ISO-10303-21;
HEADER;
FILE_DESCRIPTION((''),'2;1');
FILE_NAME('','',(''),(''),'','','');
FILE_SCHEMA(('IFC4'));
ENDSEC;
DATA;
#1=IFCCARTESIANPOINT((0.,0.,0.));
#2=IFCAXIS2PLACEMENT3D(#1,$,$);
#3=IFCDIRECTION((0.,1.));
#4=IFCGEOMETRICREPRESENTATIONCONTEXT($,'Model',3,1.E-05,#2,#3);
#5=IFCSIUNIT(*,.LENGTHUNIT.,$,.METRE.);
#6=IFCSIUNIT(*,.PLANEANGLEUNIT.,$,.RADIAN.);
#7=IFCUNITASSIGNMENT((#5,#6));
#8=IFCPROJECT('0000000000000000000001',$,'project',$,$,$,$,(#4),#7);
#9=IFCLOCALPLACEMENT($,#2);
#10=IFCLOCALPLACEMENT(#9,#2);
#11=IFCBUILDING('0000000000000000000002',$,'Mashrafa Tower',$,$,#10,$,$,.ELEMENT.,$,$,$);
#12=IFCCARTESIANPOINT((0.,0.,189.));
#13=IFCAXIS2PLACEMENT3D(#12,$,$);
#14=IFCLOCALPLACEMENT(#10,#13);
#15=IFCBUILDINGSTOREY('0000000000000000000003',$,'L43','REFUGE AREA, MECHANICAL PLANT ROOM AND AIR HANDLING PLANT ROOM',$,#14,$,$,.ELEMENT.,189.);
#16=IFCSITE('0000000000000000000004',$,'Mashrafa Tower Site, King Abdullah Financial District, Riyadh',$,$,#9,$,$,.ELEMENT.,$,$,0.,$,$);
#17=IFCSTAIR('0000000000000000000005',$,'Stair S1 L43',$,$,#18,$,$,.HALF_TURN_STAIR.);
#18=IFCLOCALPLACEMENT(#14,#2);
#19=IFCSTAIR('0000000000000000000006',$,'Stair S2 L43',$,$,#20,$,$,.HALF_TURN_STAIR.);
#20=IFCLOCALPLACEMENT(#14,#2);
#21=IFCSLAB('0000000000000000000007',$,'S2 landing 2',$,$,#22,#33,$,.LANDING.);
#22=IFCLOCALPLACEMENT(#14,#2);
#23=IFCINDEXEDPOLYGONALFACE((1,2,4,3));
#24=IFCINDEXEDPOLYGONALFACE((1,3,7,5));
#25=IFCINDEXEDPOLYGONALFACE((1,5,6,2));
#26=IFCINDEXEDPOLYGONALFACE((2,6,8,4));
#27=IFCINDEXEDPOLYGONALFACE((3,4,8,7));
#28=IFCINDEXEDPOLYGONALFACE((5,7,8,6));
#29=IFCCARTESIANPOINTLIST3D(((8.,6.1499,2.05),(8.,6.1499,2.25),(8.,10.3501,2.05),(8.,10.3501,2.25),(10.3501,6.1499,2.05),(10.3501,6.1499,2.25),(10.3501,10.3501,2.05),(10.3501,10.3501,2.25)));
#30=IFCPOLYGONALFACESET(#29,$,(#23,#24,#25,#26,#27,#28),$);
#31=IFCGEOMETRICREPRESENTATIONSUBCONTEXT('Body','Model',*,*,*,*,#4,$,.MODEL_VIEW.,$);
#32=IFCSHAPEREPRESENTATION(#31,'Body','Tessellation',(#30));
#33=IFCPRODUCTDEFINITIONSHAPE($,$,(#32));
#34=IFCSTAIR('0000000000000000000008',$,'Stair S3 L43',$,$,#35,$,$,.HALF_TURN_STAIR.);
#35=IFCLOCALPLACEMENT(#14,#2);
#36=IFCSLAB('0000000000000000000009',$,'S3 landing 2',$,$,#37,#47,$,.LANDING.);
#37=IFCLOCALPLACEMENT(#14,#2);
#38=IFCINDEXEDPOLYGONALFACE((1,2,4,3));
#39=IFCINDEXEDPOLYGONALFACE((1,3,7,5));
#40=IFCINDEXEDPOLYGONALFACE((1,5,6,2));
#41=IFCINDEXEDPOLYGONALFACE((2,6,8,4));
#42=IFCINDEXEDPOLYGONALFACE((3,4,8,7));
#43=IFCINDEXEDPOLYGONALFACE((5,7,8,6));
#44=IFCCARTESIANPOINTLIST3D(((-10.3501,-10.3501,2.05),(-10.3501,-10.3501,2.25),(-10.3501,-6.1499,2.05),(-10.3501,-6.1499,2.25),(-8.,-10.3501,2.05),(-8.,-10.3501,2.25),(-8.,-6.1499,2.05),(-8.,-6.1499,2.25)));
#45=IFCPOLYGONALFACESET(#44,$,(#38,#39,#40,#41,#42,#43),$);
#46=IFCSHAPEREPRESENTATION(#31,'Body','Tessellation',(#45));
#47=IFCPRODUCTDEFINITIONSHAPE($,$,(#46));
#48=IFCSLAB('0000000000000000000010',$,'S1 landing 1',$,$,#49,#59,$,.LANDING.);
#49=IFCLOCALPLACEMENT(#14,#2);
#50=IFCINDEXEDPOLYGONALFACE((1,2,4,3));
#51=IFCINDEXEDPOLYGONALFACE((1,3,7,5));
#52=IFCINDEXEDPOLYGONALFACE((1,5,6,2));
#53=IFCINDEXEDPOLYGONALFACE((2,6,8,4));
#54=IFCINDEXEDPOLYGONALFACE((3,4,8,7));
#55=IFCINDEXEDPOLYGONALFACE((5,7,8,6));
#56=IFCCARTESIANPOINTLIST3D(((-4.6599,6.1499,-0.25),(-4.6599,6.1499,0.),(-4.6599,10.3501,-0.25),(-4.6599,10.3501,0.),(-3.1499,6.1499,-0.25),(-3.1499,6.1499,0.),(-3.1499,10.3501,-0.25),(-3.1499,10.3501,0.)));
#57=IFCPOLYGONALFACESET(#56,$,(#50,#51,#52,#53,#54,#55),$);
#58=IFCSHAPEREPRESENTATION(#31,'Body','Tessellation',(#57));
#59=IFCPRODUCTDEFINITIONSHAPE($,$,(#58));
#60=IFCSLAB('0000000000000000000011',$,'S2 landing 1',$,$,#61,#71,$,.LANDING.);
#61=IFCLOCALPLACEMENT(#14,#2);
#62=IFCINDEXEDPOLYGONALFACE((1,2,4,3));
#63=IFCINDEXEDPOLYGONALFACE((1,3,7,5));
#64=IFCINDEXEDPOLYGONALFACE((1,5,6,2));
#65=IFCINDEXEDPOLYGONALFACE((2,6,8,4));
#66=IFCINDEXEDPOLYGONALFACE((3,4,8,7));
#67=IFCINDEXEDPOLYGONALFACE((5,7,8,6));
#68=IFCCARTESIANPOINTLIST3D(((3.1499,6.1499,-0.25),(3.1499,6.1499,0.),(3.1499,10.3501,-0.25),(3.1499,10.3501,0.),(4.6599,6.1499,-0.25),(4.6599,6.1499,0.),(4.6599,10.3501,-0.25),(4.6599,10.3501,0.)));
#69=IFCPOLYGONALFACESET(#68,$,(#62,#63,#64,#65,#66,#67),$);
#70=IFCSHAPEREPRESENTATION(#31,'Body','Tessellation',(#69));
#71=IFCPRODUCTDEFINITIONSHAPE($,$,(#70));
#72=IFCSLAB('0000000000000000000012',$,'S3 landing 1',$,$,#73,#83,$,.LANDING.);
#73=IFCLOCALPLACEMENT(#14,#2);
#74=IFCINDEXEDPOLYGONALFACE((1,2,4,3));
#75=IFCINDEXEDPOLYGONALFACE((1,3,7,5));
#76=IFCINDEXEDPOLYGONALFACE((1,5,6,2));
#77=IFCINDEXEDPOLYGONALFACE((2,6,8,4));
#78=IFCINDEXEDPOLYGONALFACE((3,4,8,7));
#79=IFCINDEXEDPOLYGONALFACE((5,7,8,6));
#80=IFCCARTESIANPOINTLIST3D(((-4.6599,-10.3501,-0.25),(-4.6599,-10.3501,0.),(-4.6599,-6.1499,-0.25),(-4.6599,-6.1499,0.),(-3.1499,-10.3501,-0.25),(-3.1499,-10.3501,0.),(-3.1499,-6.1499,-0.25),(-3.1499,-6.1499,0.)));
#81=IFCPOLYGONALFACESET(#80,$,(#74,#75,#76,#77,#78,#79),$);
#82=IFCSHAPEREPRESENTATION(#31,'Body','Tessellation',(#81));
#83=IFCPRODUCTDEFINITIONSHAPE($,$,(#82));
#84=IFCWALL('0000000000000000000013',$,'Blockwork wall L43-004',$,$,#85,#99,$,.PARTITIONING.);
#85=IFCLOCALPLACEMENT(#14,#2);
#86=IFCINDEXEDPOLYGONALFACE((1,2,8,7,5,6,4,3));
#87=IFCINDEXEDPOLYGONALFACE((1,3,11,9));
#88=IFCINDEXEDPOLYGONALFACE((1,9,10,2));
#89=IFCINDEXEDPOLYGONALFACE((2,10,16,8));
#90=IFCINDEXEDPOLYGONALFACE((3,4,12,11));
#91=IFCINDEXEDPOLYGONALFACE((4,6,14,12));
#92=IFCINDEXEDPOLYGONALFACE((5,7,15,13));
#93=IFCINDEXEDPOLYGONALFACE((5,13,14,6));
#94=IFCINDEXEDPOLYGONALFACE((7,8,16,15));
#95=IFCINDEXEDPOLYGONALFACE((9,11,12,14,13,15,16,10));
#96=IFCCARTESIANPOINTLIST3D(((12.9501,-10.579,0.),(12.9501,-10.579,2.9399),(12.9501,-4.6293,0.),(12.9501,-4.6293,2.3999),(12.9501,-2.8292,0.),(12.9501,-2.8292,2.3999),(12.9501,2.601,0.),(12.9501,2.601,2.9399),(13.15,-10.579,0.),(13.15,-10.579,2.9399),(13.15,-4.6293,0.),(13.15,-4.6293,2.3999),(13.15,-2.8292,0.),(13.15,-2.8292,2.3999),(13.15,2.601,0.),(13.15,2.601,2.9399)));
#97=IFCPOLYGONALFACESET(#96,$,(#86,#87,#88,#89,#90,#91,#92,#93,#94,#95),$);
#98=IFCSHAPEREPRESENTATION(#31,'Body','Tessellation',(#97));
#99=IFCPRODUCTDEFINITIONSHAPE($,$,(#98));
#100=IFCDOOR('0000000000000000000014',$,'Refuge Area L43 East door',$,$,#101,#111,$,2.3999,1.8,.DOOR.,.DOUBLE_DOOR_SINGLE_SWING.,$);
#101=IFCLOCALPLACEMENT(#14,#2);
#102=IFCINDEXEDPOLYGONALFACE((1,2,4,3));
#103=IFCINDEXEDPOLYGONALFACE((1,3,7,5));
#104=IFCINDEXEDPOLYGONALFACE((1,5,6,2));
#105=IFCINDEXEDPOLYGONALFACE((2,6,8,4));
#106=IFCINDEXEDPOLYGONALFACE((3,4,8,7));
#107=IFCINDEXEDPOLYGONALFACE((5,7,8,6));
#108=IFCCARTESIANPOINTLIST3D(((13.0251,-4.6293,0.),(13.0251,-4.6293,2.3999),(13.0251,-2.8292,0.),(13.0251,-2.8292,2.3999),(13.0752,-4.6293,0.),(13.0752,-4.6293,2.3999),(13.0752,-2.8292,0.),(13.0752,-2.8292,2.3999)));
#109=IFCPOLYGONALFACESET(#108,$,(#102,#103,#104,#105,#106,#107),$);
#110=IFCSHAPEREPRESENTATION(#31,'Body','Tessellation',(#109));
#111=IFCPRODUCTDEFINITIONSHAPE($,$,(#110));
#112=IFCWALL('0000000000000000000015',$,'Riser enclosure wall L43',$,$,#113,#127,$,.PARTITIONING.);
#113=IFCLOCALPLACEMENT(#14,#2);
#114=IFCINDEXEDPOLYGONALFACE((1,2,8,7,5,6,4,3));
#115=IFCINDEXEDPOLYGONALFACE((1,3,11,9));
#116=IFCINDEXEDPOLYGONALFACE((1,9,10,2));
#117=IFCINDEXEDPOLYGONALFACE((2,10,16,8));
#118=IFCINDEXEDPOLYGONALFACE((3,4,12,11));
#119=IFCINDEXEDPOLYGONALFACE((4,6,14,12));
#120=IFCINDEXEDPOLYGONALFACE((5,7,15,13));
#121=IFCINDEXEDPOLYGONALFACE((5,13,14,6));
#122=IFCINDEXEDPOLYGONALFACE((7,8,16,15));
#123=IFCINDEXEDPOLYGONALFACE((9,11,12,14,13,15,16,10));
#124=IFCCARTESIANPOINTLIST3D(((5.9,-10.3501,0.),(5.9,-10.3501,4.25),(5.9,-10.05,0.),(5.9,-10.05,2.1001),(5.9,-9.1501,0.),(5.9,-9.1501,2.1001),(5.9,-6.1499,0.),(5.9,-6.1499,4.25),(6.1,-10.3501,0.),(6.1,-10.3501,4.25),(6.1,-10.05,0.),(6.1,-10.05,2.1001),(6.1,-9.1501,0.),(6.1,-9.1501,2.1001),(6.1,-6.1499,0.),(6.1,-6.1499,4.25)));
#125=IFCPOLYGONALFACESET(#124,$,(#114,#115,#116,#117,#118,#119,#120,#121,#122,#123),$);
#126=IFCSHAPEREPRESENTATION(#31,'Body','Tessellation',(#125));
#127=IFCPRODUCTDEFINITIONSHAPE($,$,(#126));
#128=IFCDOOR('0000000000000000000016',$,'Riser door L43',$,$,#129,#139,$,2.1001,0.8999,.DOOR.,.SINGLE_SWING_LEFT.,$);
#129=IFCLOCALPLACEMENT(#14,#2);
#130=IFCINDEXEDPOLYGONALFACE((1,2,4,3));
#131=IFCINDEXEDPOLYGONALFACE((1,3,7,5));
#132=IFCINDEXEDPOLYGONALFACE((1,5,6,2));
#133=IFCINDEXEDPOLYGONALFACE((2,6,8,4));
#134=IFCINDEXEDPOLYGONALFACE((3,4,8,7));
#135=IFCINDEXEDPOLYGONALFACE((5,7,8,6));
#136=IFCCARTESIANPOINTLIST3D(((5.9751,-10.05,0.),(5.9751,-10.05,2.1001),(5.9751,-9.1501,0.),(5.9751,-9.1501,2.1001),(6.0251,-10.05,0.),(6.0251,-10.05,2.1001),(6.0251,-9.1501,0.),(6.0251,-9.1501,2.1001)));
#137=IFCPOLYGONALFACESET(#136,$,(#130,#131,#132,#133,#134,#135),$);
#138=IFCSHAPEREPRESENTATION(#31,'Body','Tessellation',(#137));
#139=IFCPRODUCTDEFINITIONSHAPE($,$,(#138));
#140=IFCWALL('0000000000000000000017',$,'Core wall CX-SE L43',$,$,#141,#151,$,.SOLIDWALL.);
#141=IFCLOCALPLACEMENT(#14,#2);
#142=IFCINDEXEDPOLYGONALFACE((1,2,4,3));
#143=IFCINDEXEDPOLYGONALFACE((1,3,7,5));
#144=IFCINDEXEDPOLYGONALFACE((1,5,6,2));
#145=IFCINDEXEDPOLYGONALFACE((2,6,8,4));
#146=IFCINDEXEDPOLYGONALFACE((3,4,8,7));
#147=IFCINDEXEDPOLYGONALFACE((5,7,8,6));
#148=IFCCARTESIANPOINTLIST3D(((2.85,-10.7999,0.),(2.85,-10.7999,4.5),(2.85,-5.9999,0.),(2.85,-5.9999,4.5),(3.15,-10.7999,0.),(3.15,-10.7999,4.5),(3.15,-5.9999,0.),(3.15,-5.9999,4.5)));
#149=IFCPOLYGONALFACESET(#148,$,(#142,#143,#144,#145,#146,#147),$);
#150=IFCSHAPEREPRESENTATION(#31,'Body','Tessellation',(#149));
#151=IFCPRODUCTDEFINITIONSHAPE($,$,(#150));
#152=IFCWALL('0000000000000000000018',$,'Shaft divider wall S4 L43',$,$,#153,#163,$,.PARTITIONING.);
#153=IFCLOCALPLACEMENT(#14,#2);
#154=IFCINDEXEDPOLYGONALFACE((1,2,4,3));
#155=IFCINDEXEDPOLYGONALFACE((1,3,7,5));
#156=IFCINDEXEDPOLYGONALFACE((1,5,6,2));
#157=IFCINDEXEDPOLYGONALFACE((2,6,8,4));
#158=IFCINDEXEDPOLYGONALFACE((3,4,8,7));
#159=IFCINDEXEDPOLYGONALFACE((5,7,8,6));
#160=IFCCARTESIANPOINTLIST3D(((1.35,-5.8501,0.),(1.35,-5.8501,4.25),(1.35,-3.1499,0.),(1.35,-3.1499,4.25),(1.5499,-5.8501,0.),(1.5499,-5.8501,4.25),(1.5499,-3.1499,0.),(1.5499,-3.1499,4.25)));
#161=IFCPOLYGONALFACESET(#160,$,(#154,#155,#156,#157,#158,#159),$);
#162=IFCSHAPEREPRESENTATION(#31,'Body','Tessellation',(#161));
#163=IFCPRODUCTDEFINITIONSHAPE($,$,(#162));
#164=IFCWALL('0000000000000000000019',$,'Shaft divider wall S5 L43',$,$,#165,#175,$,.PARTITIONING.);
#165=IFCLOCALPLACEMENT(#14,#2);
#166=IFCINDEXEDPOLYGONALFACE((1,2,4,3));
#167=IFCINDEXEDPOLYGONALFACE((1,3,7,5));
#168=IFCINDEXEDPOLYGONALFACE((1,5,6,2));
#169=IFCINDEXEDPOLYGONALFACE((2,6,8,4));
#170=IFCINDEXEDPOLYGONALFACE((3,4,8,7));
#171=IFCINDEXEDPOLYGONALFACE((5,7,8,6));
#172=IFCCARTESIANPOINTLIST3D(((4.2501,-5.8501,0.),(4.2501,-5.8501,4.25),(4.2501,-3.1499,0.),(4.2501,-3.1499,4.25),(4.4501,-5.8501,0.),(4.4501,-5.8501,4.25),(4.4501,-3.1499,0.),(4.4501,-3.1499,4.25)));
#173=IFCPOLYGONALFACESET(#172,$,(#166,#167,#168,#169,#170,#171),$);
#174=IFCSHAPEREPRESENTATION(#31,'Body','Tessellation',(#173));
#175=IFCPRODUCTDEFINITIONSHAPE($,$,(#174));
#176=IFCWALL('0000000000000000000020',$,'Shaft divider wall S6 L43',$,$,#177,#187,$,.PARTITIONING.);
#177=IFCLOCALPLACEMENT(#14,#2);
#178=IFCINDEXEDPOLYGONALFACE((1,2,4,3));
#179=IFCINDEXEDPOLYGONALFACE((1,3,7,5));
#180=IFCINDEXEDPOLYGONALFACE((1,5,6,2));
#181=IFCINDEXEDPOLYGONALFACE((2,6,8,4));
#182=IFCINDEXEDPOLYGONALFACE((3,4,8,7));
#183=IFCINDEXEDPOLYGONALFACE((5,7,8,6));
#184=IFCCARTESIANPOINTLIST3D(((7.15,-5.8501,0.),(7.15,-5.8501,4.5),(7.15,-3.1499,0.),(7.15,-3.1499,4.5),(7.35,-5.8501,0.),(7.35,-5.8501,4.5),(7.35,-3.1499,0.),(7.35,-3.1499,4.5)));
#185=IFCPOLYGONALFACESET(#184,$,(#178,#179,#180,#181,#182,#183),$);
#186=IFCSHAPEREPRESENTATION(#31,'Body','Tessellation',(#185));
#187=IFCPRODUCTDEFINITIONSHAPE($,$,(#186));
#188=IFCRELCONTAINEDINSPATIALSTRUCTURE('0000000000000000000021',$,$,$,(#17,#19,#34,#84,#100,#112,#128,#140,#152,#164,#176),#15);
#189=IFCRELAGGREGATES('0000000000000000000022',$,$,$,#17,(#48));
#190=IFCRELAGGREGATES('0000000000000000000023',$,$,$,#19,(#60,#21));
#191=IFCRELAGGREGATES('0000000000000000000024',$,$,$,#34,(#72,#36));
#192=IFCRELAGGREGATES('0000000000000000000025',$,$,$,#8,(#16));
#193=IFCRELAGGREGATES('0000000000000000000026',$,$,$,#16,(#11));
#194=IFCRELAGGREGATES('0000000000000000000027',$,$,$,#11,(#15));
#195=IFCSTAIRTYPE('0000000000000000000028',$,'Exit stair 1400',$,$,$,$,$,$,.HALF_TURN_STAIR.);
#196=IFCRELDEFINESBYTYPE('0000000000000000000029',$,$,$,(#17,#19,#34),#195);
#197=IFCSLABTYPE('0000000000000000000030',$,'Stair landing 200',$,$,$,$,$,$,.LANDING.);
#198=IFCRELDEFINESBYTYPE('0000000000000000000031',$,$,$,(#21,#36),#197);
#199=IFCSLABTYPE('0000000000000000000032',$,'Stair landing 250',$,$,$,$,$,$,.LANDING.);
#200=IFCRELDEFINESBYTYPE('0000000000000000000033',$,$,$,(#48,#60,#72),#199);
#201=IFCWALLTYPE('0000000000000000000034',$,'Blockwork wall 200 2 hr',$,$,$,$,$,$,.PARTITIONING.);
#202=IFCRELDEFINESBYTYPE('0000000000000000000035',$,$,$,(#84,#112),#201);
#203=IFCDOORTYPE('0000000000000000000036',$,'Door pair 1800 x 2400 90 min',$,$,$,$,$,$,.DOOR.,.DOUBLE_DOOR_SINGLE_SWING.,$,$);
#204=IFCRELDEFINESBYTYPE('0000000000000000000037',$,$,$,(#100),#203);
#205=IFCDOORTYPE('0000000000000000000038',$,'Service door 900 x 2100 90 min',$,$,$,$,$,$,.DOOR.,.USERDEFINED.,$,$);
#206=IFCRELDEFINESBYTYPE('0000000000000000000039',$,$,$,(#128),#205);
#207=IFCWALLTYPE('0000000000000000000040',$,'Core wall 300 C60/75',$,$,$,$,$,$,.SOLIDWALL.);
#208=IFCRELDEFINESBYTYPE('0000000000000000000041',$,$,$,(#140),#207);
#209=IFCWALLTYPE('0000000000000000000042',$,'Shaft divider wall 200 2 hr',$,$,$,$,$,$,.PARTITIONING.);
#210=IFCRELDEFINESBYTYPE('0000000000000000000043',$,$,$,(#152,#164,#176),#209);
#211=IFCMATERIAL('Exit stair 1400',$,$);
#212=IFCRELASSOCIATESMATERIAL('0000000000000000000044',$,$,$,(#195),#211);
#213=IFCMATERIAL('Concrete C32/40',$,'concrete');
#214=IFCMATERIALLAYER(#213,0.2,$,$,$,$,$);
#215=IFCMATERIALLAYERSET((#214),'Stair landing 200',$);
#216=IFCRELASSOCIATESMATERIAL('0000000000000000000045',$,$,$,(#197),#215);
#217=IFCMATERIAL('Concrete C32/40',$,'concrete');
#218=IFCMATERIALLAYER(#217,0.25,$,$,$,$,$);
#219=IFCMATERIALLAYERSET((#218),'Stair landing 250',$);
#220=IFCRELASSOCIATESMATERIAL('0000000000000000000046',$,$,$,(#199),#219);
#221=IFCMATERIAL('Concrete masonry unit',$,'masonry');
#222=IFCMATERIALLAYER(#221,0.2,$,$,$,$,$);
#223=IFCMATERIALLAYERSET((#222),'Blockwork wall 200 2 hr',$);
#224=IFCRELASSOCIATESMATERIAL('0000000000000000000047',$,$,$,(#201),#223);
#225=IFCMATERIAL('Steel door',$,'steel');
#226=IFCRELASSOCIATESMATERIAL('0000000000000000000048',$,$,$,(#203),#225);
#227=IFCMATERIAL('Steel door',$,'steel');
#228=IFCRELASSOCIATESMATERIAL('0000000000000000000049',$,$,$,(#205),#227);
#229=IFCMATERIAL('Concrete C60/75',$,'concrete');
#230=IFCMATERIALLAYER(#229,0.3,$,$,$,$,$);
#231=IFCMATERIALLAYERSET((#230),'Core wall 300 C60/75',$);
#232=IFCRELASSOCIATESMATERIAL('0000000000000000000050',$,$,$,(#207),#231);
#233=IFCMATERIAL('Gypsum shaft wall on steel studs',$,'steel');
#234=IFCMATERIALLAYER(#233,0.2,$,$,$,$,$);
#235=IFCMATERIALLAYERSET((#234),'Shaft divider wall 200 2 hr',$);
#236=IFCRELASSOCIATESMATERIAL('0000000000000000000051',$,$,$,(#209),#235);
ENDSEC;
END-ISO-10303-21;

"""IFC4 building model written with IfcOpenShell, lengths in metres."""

from ifc_helpers import new_model, si_unit, direction, frame, frame_2d, origin, place, context, subcontext, project, spatial, polyline, rectangle, outline, extrude, material, layer, layer_set, type_object, element, fill, aggregate, save


model = new_model("IFC4")

# Units and contexts
model_context = context("Model", 3, precision=1e-05, world=origin(), true_north=direction((0.0, 1.0)))
body_context = subcontext(model_context, "Body", "Model", "MODEL_VIEW")
ifc_project = project(units=[si_unit("LENGTHUNIT", "METRE"), si_unit("PLANEANGLEUNIT", "RADIAN")], contexts=[model_context])

# Site, building, storey
site_placement = place(None, origin())
site = spatial("IfcSite", under=ifc_project, at=site_placement, Name="Mashrafa Tower Site, King Abdullah Financial District, Riyadh", CompositionType="ELEMENT", RefElevation=0.0)
building_placement = place(site_placement, origin())
building = spatial("IfcBuilding", under=site, at=building_placement, Name="Mashrafa Tower", CompositionType="ELEMENT")
storey_placement = place(building_placement, frame((0.0, 0.0, 189.0)))
storey = spatial("IfcBuildingStorey", under=building, at=storey_placement, Name="L43", Description="REFUGE AREA, MECHANICAL PLANT ROOM AND AIR HANDLING PLANT ROOM", CompositionType="ELEMENT", Elevation=189.0)

# Stairs, slabs
ifc_material_1 = material(Name="Exit stair 1400")
stair_type = type_object("IfcStairType", Name="Exit stair 1400", PredefinedType="HALF_TURN_STAIR", material=ifc_material_1)
stair_1_placement = place(storey_placement, origin())
stair_1 = element("IfcStair", 1, at=stair_1_placement, inside=storey, type_object=stair_type, Name="Stair S1 L43", PredefinedType="HALF_TURN_STAIR")
ifc_material_2 = material(Name="Concrete C32/40", Category="concrete")
ifc_layer_1 = layer(ifc_material_2, 0.2)
ifc_layer_set_1 = layer_set([ifc_layer_1], Name="Stair landing 200")
slab_type_1 = type_object("IfcSlabType", Name="Stair landing 200", PredefinedType="LANDING", material=ifc_layer_set_1)
stair_2_placement = place(storey_placement, origin())
stair_2 = element("IfcStair", 2, at=stair_2_placement, inside=storey, type_object=stair_type, Name="Stair S2 L43", PredefinedType="HALF_TURN_STAIR")
slab_1_placement = place(storey_placement, frame((0.0, 0.0, 2.05)))
slab_1 = element("IfcSlab", 3, at=slab_1_placement, type_object=slab_type_1, Name="S2 landing 2", PredefinedType="LANDING", context=body_context, shape_type="SweptSolid", body=[
    extrude(outline(polyline([(8.0, 6.1499), (10.3501, 6.1499), (10.3501, 10.3501), (8.0, 10.3501), (8.0, 6.1499)])), origin(), (0.0, 0.0, 1.0), 0.2),
])
stair_3_placement = place(storey_placement, origin())
stair_3 = element("IfcStair", 4, at=stair_3_placement, inside=storey, type_object=stair_type, Name="Stair S3 L43", PredefinedType="HALF_TURN_STAIR")
slab_2_placement = place(storey_placement, frame((0.0, 0.0, 2.05)))
slab_2 = element("IfcSlab", 5, at=slab_2_placement, type_object=slab_type_1, Name="S3 landing 2", PredefinedType="LANDING", context=body_context, shape_type="SweptSolid", body=[
    extrude(outline(polyline([(-10.3501, -10.3501), (-8.0, -10.3501), (-8.0, -6.1499), (-10.3501, -6.1499), (-10.3501, -10.3501)])), origin(), (0.0, 0.0, 1.0), 0.2),
])

# Slabs
ifc_material_3 = material(Name="Concrete C32/40", Category="concrete")
ifc_layer_2 = layer(ifc_material_3, 0.25)
ifc_layer_set_2 = layer_set([ifc_layer_2], Name="Stair landing 250")
slab_type_2 = type_object("IfcSlabType", Name="Stair landing 250", PredefinedType="LANDING", material=ifc_layer_set_2)
slab_3_placement = place(storey_placement, frame((0.0, 0.0, -0.25)))
slab_3 = element("IfcSlab", 6, at=slab_3_placement, type_object=slab_type_2, Name="S1 landing 1", PredefinedType="LANDING", context=body_context, shape_type="SweptSolid", body=[
    extrude(outline(polyline([(-4.6599, 6.1499), (-3.1499, 6.1499), (-3.1499, 10.3501), (-4.6599, 10.3501), (-4.6599, 6.1499)])), origin(), (0.0, 0.0, 1.0), 0.25),
])
aggregate(stair_1, [slab_3])
slab_4_placement = place(storey_placement, frame((0.0, 0.0, -0.25)))
slab_4 = element("IfcSlab", 7, at=slab_4_placement, type_object=slab_type_2, Name="S2 landing 1", PredefinedType="LANDING", context=body_context, shape_type="SweptSolid", body=[
    extrude(outline(polyline([(3.1499, 6.1499), (4.6599, 6.1499), (4.6599, 10.3501), (3.1499, 10.3501), (3.1499, 6.1499)])), origin(), (0.0, 0.0, 1.0), 0.25),
])
aggregate(stair_2, [slab_4, slab_1])
slab_5_placement = place(storey_placement, frame((0.0, 0.0, -0.25)))
slab_5 = element("IfcSlab", 8, at=slab_5_placement, type_object=slab_type_2, Name="S3 landing 1", PredefinedType="LANDING", context=body_context, shape_type="SweptSolid", body=[
    extrude(outline(polyline([(-4.6599, -10.3501), (-3.1499, -10.3501), (-3.1499, -6.1499), (-4.6599, -6.1499), (-4.6599, -10.3501)])), origin(), (0.0, 0.0, 1.0), 0.25),
])
aggregate(stair_3, [slab_5, slab_2])

# Walls, openings, doors
ifc_material_4 = material(Name="Concrete masonry unit", Category="masonry")
ifc_layer_3 = layer(ifc_material_4, 0.2)
ifc_layer_set_3 = layer_set([ifc_layer_3], Name="Blockwork wall 200 2 hr")
wall_type_1 = type_object("IfcWallType", Name="Blockwork wall 200 2 hr", PredefinedType="PARTITIONING", material=ifc_layer_set_3)
wall_1_placement = place(storey_placement, frame((13.05, -10.5789, 0.0), z_axis=(0.0, 0.0, 1.0), x_axis=(0.0, 1.0, 0.0)))
wall_1 = element("IfcWall", 9, at=wall_1_placement, inside=storey, type_object=wall_type_1, Name="Blockwork wall L43-004", PredefinedType="PARTITIONING", context=body_context, shape_type="SweptSolid", body=[
    extrude(rectangle(XDim=13.1799, YDim=0.2, at=frame_2d((6.5898, 0.0))), origin(), (0.0, 0.0, 1.0), 2.9399),
])
opening_1_placement = place(wall_1_placement, frame((5.9497, 0.0, 0.0)))
opening_1 = element("IfcOpeningElement", 10, at=opening_1_placement, cuts=wall_1, PredefinedType="OPENING", context=body_context, shape_type="SweptSolid", body=[
    extrude(rectangle(XDim=1.8, YDim=2.3999, at=frame_2d((0.8999, 1.2))), frame((0.0, 0.1099, 0.0), z_axis=(0.0, -1.0, 0.0), x_axis=(1.0, 0.0, 0.0)), (0.0, 0.0, 1.0), 0.22),
])
ifc_material_5 = material(Name="Steel door", Category="steel")
door_type_1 = type_object("IfcDoorType", Name="Door pair 1800 x 2400 90 min", OperationType="DOUBLE_DOOR_SINGLE_SWING", PredefinedType="DOOR", material=ifc_material_5)
door_1_placement = place(opening_1_placement, origin())
door_1 = element("IfcDoor", 11, at=door_1_placement, inside=storey, type_object=door_type_1, Name="Refuge Area L43 East door", OperationType="DOUBLE_DOOR_SINGLE_SWING", OverallHeight=2.3999, OverallWidth=1.8, PredefinedType="DOOR", context=body_context, shape_type="SweptSolid", body=[
    extrude(rectangle(XDim=1.8, YDim=2.3999, at=frame_2d((0.8999, 1.2))), frame((0.0, 0.0249, 0.0), z_axis=(0.0, -1.0, 0.0), x_axis=(1.0, 0.0, 0.0)), (0.0, 0.0, 1.0), 0.05),
])
fill(opening_1, door_1)
wall_2_placement = place(storey_placement, frame((6.0, -10.3501, 0.0), z_axis=(0.0, 0.0, 1.0), x_axis=(0.0, 1.0, 0.0)))
wall_2 = element("IfcWall", 12, at=wall_2_placement, inside=storey, type_object=wall_type_1, Name="Riser enclosure wall L43", PredefinedType="PARTITIONING", context=body_context, shape_type="SweptSolid", body=[
    extrude(rectangle(XDim=4.2002, YDim=0.2, at=frame_2d((2.1001, 0.0))), origin(), (0.0, 0.0, 1.0), 4.25),
])
opening_2_placement = place(wall_2_placement, frame((0.3, 0.0, 0.0)))
opening_2 = element("IfcOpeningElement", 13, at=opening_2_placement, cuts=wall_2, PredefinedType="OPENING", context=body_context, shape_type="SweptSolid", body=[
    extrude(rectangle(XDim=0.8999, YDim=2.1001, at=frame_2d((0.45, 1.05))), frame((0.0, 0.1099, 0.0), z_axis=(0.0, -1.0, 0.0), x_axis=(1.0, 0.0, 0.0)), (0.0, 0.0, 1.0), 0.22),
])
ifc_material_6 = material(Name="Steel door", Category="steel")
door_type_2 = type_object("IfcDoorType", Name="Service door 900 x 2100 90 min", OperationType="USERDEFINED", PredefinedType="DOOR", material=ifc_material_6)
door_2_placement = place(opening_2_placement, origin())
door_2 = element("IfcDoor", 14, at=door_2_placement, inside=storey, type_object=door_type_2, Name="Riser door L43", OperationType="SINGLE_SWING_LEFT", OverallHeight=2.1001, OverallWidth=0.8999, PredefinedType="DOOR", context=body_context, shape_type="SweptSolid", body=[
    extrude(rectangle(XDim=0.8999, YDim=2.1001, at=frame_2d((0.45, 1.05))), frame((0.0, 0.0249, 0.0), z_axis=(0.0, -1.0, 0.0), x_axis=(1.0, 0.0, 0.0)), (0.0, 0.0, 1.0), 0.05),
])
fill(opening_2, door_2)

# Walls
ifc_material_7 = material(Name="Concrete C60/75", Category="concrete")
ifc_layer_4 = layer(ifc_material_7, 0.3)
ifc_layer_set_4 = layer_set([ifc_layer_4], Name="Core wall 300 C60/75")
wall_type_2 = type_object("IfcWallType", Name="Core wall 300 C60/75", PredefinedType="SOLIDWALL", material=ifc_layer_set_4)
wall_3_placement = place(storey_placement, frame((3.0, -6.0, 0.0), z_axis=(0.0, 0.0, 1.0), x_axis=(0.0, -1.0, 0.0)))
element("IfcWall", 15, at=wall_3_placement, inside=storey, type_object=wall_type_2, Name="Core wall CX-SE L43", PredefinedType="SOLIDWALL", context=body_context, shape_type="SweptSolid", body=[
    extrude(rectangle(XDim=4.8, YDim=0.3, at=frame_2d((2.3999, 0.0))), origin(), (0.0, 0.0, 1.0), 4.5),
])
ifc_material_8 = material(Name="Gypsum shaft wall on steel studs", Category="steel")
ifc_layer_5 = layer(ifc_material_8, 0.2)
ifc_layer_set_5 = layer_set([ifc_layer_5], Name="Shaft divider wall 200 2 hr")
wall_type_3 = type_object("IfcWallType", Name="Shaft divider wall 200 2 hr", PredefinedType="PARTITIONING", material=ifc_layer_set_5)
for number, where, z_axis, x_axis, name in (
    (16, (1.45, -5.8501, 0.0), (0.0, 0.0, 1.0), (0.0, 1.0, 0.0), "Shaft divider wall S4 L43"),
    (17, (4.3501, -5.8501, 0.0), (0.0, 0.0, 1.0), (0.0, 1.0, 0.0), "Shaft divider wall S5 L43"),
):
    element("IfcWall", number, at=place(storey_placement, frame(where, z_axis=z_axis, x_axis=x_axis)), inside=storey, type_object=wall_type_3, Name=name, PredefinedType="PARTITIONING", context=body_context, shape_type="SweptSolid", body=[
        extrude(rectangle(XDim=2.7002, YDim=0.2, at=frame_2d((1.3501, 0.0))), origin(), (0.0, 0.0, 1.0), 4.25),
    ])
wall_4_placement = place(storey_placement, frame((7.25, -5.8501, 0.0), z_axis=(0.0, 0.0, 1.0), x_axis=(0.0, 1.0, 0.0)))
element("IfcWall", 18, at=wall_4_placement, inside=storey, type_object=wall_type_3, Name="Shaft divider wall S6 L43", PredefinedType="PARTITIONING", context=body_context, shape_type="SweptSolid", body=[
    extrude(rectangle(XDim=2.7002, YDim=0.2, at=frame_2d((1.3501, 0.0))), origin(), (0.0, 0.0, 1.0), 4.5),
])

save(model, "model.ifc")
